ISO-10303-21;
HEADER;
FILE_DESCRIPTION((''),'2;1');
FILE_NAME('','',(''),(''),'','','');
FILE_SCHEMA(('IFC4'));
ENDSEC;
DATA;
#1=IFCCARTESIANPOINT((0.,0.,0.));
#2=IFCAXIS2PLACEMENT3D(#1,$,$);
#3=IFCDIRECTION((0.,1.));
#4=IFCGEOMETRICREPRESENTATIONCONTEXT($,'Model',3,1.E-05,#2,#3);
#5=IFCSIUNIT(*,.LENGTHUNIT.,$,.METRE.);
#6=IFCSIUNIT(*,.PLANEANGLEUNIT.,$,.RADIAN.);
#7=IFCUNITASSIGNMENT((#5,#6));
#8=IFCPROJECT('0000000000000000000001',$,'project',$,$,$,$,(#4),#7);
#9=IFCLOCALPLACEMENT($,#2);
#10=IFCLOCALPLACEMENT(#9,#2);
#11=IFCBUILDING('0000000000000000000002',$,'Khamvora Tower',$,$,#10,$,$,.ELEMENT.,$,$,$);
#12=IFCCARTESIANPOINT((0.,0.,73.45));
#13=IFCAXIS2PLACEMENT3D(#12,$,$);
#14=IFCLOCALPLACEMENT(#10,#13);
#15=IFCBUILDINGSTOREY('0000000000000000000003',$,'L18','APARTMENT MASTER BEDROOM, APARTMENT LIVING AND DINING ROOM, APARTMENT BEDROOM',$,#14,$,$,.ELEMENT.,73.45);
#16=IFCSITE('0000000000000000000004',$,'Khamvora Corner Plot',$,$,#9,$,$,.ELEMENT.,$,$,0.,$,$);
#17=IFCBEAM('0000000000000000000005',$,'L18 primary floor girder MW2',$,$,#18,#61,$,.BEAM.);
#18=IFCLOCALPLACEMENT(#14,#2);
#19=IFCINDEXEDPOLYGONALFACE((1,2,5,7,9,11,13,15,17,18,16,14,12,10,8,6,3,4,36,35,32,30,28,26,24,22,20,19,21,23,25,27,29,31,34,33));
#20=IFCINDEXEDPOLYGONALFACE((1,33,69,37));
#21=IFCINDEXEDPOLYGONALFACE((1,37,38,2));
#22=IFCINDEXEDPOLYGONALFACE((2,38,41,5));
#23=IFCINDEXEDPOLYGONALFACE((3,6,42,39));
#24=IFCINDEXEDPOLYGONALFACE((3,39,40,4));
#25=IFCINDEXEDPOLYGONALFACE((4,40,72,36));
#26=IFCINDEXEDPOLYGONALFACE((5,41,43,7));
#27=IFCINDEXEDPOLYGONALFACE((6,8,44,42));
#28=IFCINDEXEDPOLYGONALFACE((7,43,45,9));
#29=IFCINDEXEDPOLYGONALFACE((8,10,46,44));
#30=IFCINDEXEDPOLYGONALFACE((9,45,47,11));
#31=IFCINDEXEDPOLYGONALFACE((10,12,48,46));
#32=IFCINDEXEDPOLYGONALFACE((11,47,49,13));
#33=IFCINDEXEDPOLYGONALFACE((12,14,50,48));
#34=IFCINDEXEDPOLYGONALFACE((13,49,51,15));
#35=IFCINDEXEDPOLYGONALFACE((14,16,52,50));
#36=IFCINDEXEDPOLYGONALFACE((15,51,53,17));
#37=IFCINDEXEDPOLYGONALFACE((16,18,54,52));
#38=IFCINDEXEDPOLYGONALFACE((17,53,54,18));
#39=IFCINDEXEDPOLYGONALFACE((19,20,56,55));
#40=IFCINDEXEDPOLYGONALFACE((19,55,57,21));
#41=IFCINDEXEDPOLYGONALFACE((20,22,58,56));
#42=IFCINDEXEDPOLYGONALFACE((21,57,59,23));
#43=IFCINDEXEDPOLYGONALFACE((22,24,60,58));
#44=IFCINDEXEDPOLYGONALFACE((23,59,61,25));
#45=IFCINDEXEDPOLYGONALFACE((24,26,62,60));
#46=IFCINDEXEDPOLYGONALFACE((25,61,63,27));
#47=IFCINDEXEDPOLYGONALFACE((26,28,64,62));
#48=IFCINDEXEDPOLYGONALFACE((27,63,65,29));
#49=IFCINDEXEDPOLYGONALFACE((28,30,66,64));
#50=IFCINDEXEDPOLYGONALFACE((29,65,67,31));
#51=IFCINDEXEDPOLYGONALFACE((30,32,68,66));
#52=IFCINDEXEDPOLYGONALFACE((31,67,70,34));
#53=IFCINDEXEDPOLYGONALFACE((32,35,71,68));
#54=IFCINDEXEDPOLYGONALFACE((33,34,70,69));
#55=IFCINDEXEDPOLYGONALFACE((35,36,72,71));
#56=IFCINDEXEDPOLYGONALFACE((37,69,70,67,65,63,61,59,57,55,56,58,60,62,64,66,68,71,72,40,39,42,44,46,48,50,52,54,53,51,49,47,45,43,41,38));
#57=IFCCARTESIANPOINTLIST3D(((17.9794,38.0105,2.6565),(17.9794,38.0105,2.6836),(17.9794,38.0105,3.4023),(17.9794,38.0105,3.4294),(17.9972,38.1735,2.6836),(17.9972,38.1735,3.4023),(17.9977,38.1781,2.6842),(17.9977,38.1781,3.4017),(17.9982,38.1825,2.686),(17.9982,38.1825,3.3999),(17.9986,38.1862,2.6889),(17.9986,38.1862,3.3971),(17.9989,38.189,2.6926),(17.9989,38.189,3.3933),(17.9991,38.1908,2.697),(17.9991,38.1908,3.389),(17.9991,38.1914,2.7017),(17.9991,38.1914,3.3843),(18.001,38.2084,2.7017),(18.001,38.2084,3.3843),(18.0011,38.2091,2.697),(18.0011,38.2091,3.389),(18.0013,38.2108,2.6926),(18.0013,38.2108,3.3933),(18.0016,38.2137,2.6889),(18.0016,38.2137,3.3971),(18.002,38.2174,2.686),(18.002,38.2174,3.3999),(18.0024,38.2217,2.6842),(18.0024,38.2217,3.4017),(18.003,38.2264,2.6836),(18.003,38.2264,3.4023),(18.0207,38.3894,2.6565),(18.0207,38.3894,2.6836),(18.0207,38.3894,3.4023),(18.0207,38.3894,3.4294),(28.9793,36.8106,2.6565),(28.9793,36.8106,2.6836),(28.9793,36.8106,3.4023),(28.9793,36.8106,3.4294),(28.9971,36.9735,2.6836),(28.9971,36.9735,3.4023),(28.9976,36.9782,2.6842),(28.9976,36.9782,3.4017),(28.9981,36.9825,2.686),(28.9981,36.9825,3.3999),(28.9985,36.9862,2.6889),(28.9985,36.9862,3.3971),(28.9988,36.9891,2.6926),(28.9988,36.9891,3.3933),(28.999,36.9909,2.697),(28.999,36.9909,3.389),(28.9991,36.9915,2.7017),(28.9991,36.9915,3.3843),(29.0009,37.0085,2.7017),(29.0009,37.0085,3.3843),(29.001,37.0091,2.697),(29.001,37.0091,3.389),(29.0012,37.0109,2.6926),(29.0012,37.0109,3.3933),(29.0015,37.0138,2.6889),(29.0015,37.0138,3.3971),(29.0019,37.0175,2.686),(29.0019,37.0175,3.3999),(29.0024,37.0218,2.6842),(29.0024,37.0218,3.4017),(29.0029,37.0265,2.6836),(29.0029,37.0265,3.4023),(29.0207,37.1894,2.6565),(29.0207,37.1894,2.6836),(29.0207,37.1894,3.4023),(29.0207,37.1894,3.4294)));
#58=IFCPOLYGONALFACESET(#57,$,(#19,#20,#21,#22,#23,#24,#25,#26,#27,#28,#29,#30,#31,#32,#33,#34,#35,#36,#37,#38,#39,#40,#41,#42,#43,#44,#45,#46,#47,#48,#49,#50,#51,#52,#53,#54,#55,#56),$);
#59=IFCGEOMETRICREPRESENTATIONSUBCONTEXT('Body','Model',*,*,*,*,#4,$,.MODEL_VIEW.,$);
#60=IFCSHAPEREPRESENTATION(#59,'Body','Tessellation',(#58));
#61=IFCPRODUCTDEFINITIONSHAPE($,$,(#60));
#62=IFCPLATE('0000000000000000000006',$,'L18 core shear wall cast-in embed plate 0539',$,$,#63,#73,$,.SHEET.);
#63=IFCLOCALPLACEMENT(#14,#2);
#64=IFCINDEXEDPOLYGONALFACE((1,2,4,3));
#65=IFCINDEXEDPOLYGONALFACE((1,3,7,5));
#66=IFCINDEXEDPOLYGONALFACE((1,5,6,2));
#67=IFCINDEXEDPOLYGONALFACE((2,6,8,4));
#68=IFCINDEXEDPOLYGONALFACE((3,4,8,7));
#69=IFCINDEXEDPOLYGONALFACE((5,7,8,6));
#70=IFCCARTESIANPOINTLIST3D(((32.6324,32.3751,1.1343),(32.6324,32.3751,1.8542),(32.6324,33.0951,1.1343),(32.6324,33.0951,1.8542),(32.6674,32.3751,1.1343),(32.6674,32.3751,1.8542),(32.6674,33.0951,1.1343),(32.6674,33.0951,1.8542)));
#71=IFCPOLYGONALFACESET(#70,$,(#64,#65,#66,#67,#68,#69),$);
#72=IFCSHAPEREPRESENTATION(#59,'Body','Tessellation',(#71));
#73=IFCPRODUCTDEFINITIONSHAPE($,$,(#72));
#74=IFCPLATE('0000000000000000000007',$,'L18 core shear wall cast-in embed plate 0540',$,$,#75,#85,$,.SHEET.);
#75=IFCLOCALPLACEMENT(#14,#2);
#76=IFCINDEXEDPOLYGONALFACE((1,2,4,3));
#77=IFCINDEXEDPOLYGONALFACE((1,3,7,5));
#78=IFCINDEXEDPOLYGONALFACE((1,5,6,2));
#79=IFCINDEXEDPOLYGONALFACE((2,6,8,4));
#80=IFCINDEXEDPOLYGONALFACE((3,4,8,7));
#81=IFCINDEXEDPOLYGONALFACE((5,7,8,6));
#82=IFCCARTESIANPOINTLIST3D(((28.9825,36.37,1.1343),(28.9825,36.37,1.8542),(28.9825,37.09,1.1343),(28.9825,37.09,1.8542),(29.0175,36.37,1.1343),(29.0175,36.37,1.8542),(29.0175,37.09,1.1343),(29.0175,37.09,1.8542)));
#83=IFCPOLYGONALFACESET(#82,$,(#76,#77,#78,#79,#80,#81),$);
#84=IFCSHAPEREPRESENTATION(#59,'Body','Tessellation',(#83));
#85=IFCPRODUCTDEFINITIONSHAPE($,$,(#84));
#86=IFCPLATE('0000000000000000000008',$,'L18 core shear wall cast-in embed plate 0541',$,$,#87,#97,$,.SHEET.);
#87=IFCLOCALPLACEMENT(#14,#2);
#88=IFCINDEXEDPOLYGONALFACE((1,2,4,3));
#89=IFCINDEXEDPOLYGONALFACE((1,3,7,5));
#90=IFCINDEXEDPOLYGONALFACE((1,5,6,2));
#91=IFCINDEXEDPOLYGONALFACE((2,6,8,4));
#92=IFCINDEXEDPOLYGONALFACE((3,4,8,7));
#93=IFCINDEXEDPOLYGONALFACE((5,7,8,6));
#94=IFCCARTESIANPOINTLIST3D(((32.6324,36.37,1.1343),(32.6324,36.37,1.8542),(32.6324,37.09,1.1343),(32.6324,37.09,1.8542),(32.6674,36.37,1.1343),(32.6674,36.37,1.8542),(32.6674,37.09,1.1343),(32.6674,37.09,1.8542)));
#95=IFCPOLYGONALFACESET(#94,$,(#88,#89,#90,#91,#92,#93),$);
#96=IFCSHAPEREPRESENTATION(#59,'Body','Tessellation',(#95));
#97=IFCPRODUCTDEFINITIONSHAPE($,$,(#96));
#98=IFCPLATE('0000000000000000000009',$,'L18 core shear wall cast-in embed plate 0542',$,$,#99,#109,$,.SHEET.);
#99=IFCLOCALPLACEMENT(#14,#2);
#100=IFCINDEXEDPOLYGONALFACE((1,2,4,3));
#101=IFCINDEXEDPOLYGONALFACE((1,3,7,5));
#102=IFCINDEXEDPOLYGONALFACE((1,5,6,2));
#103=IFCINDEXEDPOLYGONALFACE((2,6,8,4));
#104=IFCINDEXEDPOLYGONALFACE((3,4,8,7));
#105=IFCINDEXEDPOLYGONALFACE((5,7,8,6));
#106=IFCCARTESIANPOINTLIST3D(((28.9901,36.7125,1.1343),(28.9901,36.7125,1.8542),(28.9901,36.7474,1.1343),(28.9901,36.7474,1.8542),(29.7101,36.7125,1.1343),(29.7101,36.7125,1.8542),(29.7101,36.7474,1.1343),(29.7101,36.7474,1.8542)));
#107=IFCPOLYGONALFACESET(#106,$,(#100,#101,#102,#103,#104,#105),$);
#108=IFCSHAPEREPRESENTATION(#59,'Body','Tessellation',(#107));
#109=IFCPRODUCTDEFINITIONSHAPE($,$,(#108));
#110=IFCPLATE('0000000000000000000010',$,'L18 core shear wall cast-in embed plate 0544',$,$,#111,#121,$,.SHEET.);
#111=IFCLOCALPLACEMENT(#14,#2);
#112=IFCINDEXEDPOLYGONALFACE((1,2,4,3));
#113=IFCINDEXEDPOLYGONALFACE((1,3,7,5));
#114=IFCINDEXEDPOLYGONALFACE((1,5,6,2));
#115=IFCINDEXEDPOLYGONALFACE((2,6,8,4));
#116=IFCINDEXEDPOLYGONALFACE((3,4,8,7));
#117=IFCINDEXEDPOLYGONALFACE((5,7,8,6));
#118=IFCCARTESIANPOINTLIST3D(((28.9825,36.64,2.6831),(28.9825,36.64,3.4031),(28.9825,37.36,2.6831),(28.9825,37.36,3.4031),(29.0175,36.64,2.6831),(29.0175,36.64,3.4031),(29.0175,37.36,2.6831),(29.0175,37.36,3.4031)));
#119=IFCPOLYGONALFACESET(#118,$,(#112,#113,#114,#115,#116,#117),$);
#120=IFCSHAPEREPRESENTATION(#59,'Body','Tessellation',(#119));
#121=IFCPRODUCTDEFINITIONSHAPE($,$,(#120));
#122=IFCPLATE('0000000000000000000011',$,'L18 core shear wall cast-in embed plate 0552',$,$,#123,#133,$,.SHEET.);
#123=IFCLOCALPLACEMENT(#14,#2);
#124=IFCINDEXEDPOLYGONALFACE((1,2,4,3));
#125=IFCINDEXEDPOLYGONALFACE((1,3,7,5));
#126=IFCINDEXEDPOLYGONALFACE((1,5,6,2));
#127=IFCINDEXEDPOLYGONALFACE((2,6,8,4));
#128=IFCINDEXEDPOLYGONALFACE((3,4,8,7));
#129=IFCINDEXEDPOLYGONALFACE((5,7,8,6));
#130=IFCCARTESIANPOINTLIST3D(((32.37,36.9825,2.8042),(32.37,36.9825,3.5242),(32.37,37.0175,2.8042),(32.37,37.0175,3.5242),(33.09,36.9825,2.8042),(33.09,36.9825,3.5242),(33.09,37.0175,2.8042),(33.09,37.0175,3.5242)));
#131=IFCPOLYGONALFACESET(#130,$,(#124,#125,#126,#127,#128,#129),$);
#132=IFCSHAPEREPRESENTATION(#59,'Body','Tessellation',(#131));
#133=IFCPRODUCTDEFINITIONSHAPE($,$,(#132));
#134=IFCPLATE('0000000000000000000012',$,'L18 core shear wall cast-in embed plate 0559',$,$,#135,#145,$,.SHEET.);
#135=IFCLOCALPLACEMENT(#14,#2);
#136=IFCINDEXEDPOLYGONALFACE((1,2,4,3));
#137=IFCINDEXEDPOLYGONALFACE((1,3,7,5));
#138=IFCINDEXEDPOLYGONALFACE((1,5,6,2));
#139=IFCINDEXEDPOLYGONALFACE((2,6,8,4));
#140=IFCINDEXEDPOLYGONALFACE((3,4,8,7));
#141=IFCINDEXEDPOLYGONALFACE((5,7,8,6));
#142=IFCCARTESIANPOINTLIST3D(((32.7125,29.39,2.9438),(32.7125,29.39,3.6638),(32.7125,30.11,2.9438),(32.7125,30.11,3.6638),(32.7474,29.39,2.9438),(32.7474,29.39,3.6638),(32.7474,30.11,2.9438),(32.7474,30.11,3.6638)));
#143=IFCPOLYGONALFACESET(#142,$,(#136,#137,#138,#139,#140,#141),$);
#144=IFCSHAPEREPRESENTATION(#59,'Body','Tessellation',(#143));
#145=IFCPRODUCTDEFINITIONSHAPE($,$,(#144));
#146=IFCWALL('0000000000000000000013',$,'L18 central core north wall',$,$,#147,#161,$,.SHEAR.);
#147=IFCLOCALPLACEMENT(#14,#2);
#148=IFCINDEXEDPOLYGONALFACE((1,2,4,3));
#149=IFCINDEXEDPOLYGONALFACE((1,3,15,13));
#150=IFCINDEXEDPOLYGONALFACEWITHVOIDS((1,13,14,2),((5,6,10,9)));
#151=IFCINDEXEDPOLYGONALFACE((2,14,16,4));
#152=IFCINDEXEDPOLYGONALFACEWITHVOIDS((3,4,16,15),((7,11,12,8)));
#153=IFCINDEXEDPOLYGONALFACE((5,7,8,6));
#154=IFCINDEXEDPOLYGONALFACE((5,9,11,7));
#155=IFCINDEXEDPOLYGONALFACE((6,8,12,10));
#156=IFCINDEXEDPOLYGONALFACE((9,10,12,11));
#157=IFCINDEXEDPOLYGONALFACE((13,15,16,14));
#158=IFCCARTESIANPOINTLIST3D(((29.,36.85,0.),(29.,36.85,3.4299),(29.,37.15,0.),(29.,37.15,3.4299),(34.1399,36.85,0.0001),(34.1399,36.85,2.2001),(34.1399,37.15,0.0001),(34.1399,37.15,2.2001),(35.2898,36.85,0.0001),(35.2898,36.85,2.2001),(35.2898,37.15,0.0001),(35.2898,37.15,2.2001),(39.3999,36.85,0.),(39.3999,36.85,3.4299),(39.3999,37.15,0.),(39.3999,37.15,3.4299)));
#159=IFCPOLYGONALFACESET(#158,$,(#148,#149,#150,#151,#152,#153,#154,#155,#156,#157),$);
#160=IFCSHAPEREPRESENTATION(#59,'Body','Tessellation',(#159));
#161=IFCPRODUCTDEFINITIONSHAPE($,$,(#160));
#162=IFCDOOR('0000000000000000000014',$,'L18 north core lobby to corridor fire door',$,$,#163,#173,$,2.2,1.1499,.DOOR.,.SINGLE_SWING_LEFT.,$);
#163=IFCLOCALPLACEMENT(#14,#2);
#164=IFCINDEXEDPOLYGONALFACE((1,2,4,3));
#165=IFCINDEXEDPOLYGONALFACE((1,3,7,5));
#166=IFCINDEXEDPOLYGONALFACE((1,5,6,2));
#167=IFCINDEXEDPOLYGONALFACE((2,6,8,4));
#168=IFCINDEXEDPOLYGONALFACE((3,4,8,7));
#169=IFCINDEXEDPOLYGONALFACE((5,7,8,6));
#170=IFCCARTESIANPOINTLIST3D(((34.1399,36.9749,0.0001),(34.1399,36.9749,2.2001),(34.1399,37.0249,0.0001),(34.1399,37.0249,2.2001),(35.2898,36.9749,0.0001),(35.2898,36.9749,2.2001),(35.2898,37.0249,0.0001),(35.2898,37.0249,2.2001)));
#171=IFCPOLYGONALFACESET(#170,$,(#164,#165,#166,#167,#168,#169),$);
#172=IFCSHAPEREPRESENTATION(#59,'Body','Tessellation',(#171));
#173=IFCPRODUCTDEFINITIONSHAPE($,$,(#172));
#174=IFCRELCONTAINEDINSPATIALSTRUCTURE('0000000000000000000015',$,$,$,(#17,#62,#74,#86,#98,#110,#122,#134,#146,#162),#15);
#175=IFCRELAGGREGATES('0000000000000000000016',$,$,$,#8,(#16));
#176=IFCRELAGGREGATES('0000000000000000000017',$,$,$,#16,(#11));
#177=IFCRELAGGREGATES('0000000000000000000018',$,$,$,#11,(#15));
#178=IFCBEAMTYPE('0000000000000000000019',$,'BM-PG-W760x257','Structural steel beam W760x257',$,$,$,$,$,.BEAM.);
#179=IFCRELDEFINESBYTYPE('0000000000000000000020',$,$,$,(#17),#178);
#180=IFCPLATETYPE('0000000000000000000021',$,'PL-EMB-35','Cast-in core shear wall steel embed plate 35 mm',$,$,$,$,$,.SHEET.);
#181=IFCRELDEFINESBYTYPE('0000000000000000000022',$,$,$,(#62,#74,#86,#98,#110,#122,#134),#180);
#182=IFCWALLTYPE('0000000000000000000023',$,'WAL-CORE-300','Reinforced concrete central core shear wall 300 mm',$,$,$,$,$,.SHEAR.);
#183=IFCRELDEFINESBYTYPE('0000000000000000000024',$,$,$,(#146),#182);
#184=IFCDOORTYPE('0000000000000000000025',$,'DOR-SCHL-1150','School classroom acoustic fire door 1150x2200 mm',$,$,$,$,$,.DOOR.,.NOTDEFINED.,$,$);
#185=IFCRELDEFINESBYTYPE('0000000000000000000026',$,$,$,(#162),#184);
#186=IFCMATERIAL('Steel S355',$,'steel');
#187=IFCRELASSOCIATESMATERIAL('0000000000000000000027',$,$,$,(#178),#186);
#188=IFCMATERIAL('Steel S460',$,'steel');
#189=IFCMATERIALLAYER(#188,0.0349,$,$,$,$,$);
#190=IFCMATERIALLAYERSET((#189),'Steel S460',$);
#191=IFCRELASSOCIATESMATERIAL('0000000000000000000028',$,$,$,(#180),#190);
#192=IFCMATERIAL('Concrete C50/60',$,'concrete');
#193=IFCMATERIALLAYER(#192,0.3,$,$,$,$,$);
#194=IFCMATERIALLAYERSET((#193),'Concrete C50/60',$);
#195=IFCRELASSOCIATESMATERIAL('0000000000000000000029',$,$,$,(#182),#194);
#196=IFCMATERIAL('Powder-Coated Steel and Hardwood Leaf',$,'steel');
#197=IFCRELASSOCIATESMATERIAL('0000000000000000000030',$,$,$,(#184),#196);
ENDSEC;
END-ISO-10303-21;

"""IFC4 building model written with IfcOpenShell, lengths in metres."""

from ifc_helpers import new_model, si_unit, direction, frame, frame_2d, origin, origin_2d, place, context, subcontext, project, spatial, rectangle, i_section, extrude, material, layer, layer_set, material_profile, profile_set, type_object, element, fill, save


model = new_model("IFC4")

# Units and contexts
model_context = context("Model", 3, precision=1e-05, world=origin(), true_north=direction((0.0, 1.0)))
body_context = subcontext(model_context, "Body", "Model", "MODEL_VIEW")
ifc_project = project(units=[si_unit("LENGTHUNIT", "METRE"), si_unit("PLANEANGLEUNIT", "RADIAN")], contexts=[model_context])

# Site, building, storey
site_placement = place(None, origin())
site = spatial("IfcSite", under=ifc_project, at=site_placement, Name="Khamvora Corner Plot", CompositionType="ELEMENT", RefElevation=0.0)
building_placement = place(site_placement, origin())
building = spatial("IfcBuilding", under=site, at=building_placement, Name="Khamvora Tower", CompositionType="ELEMENT")
storey_placement = place(building_placement, frame((0.0, 0.0, 73.45)))
storey = spatial("IfcBuildingStorey", under=building, at=storey_placement, Name="L18", Description="APARTMENT MASTER BEDROOM, APARTMENT LIVING AND DINING ROOM, APARTMENT BEDROOM", CompositionType="ELEMENT", Elevation=73.45)

# Shared definitions
ifc_material_1 = material(Name="Steel S460", Category="steel")

# Beam
ifc_material_2 = material(Name="Steel S355", Category="steel")
ifc_material_profile_1 = material_profile(ifc_material_2, i_section(OverallWidth=0.3811, OverallDepth=0.7729, WebThickness=0.0171, FlangeThickness=0.0271, FilletRadius=0.0181, at=origin_2d()), Name="W760x257")
ifc_profile_set_1 = profile_set([ifc_material_profile_1], Name="Steel S355")
beam_type_1 = type_object("IfcBeamType", Name="BM-PG-W760x257", Description="Structural steel beam W760x257", PredefinedType="BEAM", material=ifc_profile_set_1)
beam_1_placement = place(storey_placement, frame((29.0, 37.0, 3.043), z_axis=(-0.994103, 0.108443, 0.0), x_axis=(-0.108443, -0.994103, 0.0)))
element("IfcBeam", 1, at=beam_1_placement, inside=storey, type_object=beam_type_1, Name="L18 primary floor girder MW2", PredefinedType="BEAM", context=body_context, shape_type="SweptSolid", body=[
    extrude(i_section(OverallWidth=0.3811, OverallDepth=0.7729, WebThickness=0.0171, FlangeThickness=0.0271, FilletRadius=0.0181, at=origin_2d()), origin(), (0.0, 0.0, 1.0), 11.0652),
])

# Plates
ifc_layer_1 = layer(ifc_material_1, 0.0349)
ifc_layer_set_1 = layer_set([ifc_layer_1], Name="Steel S460")
plate_type = type_object("IfcPlateType", Name="PL-EMB-35", Description="Cast-in core shear wall steel embed plate 35 mm", PredefinedType="SHEET", material=ifc_layer_set_1)
for number, where, z_axis, x_axis, name in (
    (2, (32.6499, 32.7351, 1.1343), (0.0, 0.0, 1.0), (1.0, 0.0, 0.0), "L18 core shear wall cast-in embed plate 0539"),
    (3, (29.0, 36.73, 1.1343), (0.0, 0.0, 1.0), (1.0, 0.0, 0.0), "L18 core shear wall cast-in embed plate 0540"),
    (4, (32.6499, 36.73, 1.1343), (0.0, 0.0, 1.0), (1.0, 0.0, 0.0), "L18 core shear wall cast-in embed plate 0541"),
):
    element("IfcPlate", number, at=place(storey_placement, frame(where, z_axis=z_axis, x_axis=x_axis)), inside=storey, type_object=plate_type, Name=name, PredefinedType="SHEET", context=body_context, shape_type="SweptSolid", body=[
        extrude(rectangle(XDim=0.0349, YDim=0.72, at=origin_2d()), origin(), (0.0, 0.0, 1.0), 0.72),
    ])
plate_1_placement = place(storey_placement, frame((29.3501, 36.73, 1.1343), z_axis=(0.0, 0.0, 1.0), x_axis=(1.0, 0.0, 0.0)))
element("IfcPlate", 5, at=plate_1_placement, inside=storey, type_object=plate_type, Name="L18 core shear wall cast-in embed plate 0542", PredefinedType="SHEET", context=body_context, shape_type="SweptSolid", body=[
    extrude(rectangle(XDim=0.72, YDim=0.0349, at=origin_2d()), origin(), (0.0, 0.0, 1.0), 0.72),
])
plate_2_placement = place(storey_placement, frame((29.0, 37.0, 2.6831), z_axis=(0.0, 0.0, 1.0), x_axis=(1.0, 0.0, 0.0)))
element("IfcPlate", 6, at=plate_2_placement, inside=storey, type_object=plate_type, Name="L18 core shear wall cast-in embed plate 0544", PredefinedType="SHEET", context=body_context, shape_type="SweptSolid", body=[
    extrude(rectangle(XDim=0.0349, YDim=0.72, at=origin_2d()), origin(), (0.0, 0.0, 1.0), 0.72),
])
plate_3_placement = place(storey_placement, frame((32.73, 37.0, 2.8042), z_axis=(0.0, 0.0, 1.0), x_axis=(1.0, 0.0, 0.0)))
element("IfcPlate", 7, at=plate_3_placement, inside=storey, type_object=plate_type, Name="L18 core shear wall cast-in embed plate 0552", PredefinedType="SHEET", context=body_context, shape_type="SweptSolid", body=[
    extrude(rectangle(XDim=0.72, YDim=0.0349, at=origin_2d()), origin(), (0.0, 0.0, 1.0), 0.72),
])
plate_4_placement = place(storey_placement, frame((32.73, 29.75, 2.9438), z_axis=(0.0, 0.0, 1.0), x_axis=(1.0, 0.0, 0.0)))
element("IfcPlate", 8, at=plate_4_placement, inside=storey, type_object=plate_type, Name="L18 core shear wall cast-in embed plate 0559", PredefinedType="SHEET", context=body_context, shape_type="SweptSolid", body=[
    extrude(rectangle(XDim=0.0349, YDim=0.72, at=origin_2d()), origin(), (0.0, 0.0, 1.0), 0.72),
])

# Wall, opening, door
ifc_material_3 = material(Name="Concrete C50/60", Category="concrete")
ifc_layer_2 = layer(ifc_material_3, 0.3)
ifc_layer_set_2 = layer_set([ifc_layer_2], Name="Concrete C50/60")
wall_type_1 = type_object("IfcWallType", Name="WAL-CORE-300", Description="Reinforced concrete central core shear wall 300 mm", PredefinedType="SHEAR", material=ifc_layer_set_2)
wall_1_placement = place(storey_placement, frame((29.0, 37.0, 0.0), z_axis=(0.0, 0.0, 1.0), x_axis=(1.0, 0.0, 0.0)))
wall_1 = element("IfcWall", 9, at=wall_1_placement, inside=storey, type_object=wall_type_1, Name="L18 central core north wall", PredefinedType="SHEAR", context=body_context, shape_type="SweptSolid", body=[
    extrude(rectangle(XDim=10.3999, YDim=0.3, at=frame_2d((5.2, 0.0))), origin(), (0.0, 0.0, 1.0), 3.4299),
])
opening_1_placement = place(wall_1_placement, frame((5.1399, 0.0, 0.0)))
opening_1 = element("IfcOpeningElement", 10, at=opening_1_placement, cuts=wall_1, PredefinedType="OPENING", context=body_context, shape_type="SweptSolid", body=[
    extrude(rectangle(XDim=1.1499, YDim=2.2, at=frame_2d((0.575, 1.1001))), frame((0.0, 0.1599, 0.0), z_axis=(0.0, -1.0, 0.0), x_axis=(1.0, 0.0, 0.0)), (0.0, 0.0, 1.0), 0.3201),
])
ifc_material_4 = material(Name="Powder-Coated Steel and Hardwood Leaf", Category="steel")
door_type_1 = type_object("IfcDoorType", Name="DOR-SCHL-1150", Description="School classroom acoustic fire door 1150x2200 mm", OperationType="NOTDEFINED", PredefinedType="DOOR", material=ifc_material_4)
door_1_placement = place(opening_1_placement, origin())
door_1 = element("IfcDoor", 11, at=door_1_placement, inside=storey, type_object=door_type_1, Name="L18 north core lobby to corridor fire door", OperationType="SINGLE_SWING_LEFT", OverallHeight=2.2, OverallWidth=1.1499, PredefinedType="DOOR", context=body_context, shape_type="SweptSolid", body=[
    extrude(rectangle(XDim=1.1499, YDim=2.2, at=frame_2d((0.575, 1.1001))), frame((0.0, 0.0249, 0.0), z_axis=(0.0, -1.0, 0.0), x_axis=(1.0, 0.0, 0.0)), (0.0, 0.0, 1.0), 0.05),
])
fill(opening_1, door_1)

save(model, "model.ifc")
